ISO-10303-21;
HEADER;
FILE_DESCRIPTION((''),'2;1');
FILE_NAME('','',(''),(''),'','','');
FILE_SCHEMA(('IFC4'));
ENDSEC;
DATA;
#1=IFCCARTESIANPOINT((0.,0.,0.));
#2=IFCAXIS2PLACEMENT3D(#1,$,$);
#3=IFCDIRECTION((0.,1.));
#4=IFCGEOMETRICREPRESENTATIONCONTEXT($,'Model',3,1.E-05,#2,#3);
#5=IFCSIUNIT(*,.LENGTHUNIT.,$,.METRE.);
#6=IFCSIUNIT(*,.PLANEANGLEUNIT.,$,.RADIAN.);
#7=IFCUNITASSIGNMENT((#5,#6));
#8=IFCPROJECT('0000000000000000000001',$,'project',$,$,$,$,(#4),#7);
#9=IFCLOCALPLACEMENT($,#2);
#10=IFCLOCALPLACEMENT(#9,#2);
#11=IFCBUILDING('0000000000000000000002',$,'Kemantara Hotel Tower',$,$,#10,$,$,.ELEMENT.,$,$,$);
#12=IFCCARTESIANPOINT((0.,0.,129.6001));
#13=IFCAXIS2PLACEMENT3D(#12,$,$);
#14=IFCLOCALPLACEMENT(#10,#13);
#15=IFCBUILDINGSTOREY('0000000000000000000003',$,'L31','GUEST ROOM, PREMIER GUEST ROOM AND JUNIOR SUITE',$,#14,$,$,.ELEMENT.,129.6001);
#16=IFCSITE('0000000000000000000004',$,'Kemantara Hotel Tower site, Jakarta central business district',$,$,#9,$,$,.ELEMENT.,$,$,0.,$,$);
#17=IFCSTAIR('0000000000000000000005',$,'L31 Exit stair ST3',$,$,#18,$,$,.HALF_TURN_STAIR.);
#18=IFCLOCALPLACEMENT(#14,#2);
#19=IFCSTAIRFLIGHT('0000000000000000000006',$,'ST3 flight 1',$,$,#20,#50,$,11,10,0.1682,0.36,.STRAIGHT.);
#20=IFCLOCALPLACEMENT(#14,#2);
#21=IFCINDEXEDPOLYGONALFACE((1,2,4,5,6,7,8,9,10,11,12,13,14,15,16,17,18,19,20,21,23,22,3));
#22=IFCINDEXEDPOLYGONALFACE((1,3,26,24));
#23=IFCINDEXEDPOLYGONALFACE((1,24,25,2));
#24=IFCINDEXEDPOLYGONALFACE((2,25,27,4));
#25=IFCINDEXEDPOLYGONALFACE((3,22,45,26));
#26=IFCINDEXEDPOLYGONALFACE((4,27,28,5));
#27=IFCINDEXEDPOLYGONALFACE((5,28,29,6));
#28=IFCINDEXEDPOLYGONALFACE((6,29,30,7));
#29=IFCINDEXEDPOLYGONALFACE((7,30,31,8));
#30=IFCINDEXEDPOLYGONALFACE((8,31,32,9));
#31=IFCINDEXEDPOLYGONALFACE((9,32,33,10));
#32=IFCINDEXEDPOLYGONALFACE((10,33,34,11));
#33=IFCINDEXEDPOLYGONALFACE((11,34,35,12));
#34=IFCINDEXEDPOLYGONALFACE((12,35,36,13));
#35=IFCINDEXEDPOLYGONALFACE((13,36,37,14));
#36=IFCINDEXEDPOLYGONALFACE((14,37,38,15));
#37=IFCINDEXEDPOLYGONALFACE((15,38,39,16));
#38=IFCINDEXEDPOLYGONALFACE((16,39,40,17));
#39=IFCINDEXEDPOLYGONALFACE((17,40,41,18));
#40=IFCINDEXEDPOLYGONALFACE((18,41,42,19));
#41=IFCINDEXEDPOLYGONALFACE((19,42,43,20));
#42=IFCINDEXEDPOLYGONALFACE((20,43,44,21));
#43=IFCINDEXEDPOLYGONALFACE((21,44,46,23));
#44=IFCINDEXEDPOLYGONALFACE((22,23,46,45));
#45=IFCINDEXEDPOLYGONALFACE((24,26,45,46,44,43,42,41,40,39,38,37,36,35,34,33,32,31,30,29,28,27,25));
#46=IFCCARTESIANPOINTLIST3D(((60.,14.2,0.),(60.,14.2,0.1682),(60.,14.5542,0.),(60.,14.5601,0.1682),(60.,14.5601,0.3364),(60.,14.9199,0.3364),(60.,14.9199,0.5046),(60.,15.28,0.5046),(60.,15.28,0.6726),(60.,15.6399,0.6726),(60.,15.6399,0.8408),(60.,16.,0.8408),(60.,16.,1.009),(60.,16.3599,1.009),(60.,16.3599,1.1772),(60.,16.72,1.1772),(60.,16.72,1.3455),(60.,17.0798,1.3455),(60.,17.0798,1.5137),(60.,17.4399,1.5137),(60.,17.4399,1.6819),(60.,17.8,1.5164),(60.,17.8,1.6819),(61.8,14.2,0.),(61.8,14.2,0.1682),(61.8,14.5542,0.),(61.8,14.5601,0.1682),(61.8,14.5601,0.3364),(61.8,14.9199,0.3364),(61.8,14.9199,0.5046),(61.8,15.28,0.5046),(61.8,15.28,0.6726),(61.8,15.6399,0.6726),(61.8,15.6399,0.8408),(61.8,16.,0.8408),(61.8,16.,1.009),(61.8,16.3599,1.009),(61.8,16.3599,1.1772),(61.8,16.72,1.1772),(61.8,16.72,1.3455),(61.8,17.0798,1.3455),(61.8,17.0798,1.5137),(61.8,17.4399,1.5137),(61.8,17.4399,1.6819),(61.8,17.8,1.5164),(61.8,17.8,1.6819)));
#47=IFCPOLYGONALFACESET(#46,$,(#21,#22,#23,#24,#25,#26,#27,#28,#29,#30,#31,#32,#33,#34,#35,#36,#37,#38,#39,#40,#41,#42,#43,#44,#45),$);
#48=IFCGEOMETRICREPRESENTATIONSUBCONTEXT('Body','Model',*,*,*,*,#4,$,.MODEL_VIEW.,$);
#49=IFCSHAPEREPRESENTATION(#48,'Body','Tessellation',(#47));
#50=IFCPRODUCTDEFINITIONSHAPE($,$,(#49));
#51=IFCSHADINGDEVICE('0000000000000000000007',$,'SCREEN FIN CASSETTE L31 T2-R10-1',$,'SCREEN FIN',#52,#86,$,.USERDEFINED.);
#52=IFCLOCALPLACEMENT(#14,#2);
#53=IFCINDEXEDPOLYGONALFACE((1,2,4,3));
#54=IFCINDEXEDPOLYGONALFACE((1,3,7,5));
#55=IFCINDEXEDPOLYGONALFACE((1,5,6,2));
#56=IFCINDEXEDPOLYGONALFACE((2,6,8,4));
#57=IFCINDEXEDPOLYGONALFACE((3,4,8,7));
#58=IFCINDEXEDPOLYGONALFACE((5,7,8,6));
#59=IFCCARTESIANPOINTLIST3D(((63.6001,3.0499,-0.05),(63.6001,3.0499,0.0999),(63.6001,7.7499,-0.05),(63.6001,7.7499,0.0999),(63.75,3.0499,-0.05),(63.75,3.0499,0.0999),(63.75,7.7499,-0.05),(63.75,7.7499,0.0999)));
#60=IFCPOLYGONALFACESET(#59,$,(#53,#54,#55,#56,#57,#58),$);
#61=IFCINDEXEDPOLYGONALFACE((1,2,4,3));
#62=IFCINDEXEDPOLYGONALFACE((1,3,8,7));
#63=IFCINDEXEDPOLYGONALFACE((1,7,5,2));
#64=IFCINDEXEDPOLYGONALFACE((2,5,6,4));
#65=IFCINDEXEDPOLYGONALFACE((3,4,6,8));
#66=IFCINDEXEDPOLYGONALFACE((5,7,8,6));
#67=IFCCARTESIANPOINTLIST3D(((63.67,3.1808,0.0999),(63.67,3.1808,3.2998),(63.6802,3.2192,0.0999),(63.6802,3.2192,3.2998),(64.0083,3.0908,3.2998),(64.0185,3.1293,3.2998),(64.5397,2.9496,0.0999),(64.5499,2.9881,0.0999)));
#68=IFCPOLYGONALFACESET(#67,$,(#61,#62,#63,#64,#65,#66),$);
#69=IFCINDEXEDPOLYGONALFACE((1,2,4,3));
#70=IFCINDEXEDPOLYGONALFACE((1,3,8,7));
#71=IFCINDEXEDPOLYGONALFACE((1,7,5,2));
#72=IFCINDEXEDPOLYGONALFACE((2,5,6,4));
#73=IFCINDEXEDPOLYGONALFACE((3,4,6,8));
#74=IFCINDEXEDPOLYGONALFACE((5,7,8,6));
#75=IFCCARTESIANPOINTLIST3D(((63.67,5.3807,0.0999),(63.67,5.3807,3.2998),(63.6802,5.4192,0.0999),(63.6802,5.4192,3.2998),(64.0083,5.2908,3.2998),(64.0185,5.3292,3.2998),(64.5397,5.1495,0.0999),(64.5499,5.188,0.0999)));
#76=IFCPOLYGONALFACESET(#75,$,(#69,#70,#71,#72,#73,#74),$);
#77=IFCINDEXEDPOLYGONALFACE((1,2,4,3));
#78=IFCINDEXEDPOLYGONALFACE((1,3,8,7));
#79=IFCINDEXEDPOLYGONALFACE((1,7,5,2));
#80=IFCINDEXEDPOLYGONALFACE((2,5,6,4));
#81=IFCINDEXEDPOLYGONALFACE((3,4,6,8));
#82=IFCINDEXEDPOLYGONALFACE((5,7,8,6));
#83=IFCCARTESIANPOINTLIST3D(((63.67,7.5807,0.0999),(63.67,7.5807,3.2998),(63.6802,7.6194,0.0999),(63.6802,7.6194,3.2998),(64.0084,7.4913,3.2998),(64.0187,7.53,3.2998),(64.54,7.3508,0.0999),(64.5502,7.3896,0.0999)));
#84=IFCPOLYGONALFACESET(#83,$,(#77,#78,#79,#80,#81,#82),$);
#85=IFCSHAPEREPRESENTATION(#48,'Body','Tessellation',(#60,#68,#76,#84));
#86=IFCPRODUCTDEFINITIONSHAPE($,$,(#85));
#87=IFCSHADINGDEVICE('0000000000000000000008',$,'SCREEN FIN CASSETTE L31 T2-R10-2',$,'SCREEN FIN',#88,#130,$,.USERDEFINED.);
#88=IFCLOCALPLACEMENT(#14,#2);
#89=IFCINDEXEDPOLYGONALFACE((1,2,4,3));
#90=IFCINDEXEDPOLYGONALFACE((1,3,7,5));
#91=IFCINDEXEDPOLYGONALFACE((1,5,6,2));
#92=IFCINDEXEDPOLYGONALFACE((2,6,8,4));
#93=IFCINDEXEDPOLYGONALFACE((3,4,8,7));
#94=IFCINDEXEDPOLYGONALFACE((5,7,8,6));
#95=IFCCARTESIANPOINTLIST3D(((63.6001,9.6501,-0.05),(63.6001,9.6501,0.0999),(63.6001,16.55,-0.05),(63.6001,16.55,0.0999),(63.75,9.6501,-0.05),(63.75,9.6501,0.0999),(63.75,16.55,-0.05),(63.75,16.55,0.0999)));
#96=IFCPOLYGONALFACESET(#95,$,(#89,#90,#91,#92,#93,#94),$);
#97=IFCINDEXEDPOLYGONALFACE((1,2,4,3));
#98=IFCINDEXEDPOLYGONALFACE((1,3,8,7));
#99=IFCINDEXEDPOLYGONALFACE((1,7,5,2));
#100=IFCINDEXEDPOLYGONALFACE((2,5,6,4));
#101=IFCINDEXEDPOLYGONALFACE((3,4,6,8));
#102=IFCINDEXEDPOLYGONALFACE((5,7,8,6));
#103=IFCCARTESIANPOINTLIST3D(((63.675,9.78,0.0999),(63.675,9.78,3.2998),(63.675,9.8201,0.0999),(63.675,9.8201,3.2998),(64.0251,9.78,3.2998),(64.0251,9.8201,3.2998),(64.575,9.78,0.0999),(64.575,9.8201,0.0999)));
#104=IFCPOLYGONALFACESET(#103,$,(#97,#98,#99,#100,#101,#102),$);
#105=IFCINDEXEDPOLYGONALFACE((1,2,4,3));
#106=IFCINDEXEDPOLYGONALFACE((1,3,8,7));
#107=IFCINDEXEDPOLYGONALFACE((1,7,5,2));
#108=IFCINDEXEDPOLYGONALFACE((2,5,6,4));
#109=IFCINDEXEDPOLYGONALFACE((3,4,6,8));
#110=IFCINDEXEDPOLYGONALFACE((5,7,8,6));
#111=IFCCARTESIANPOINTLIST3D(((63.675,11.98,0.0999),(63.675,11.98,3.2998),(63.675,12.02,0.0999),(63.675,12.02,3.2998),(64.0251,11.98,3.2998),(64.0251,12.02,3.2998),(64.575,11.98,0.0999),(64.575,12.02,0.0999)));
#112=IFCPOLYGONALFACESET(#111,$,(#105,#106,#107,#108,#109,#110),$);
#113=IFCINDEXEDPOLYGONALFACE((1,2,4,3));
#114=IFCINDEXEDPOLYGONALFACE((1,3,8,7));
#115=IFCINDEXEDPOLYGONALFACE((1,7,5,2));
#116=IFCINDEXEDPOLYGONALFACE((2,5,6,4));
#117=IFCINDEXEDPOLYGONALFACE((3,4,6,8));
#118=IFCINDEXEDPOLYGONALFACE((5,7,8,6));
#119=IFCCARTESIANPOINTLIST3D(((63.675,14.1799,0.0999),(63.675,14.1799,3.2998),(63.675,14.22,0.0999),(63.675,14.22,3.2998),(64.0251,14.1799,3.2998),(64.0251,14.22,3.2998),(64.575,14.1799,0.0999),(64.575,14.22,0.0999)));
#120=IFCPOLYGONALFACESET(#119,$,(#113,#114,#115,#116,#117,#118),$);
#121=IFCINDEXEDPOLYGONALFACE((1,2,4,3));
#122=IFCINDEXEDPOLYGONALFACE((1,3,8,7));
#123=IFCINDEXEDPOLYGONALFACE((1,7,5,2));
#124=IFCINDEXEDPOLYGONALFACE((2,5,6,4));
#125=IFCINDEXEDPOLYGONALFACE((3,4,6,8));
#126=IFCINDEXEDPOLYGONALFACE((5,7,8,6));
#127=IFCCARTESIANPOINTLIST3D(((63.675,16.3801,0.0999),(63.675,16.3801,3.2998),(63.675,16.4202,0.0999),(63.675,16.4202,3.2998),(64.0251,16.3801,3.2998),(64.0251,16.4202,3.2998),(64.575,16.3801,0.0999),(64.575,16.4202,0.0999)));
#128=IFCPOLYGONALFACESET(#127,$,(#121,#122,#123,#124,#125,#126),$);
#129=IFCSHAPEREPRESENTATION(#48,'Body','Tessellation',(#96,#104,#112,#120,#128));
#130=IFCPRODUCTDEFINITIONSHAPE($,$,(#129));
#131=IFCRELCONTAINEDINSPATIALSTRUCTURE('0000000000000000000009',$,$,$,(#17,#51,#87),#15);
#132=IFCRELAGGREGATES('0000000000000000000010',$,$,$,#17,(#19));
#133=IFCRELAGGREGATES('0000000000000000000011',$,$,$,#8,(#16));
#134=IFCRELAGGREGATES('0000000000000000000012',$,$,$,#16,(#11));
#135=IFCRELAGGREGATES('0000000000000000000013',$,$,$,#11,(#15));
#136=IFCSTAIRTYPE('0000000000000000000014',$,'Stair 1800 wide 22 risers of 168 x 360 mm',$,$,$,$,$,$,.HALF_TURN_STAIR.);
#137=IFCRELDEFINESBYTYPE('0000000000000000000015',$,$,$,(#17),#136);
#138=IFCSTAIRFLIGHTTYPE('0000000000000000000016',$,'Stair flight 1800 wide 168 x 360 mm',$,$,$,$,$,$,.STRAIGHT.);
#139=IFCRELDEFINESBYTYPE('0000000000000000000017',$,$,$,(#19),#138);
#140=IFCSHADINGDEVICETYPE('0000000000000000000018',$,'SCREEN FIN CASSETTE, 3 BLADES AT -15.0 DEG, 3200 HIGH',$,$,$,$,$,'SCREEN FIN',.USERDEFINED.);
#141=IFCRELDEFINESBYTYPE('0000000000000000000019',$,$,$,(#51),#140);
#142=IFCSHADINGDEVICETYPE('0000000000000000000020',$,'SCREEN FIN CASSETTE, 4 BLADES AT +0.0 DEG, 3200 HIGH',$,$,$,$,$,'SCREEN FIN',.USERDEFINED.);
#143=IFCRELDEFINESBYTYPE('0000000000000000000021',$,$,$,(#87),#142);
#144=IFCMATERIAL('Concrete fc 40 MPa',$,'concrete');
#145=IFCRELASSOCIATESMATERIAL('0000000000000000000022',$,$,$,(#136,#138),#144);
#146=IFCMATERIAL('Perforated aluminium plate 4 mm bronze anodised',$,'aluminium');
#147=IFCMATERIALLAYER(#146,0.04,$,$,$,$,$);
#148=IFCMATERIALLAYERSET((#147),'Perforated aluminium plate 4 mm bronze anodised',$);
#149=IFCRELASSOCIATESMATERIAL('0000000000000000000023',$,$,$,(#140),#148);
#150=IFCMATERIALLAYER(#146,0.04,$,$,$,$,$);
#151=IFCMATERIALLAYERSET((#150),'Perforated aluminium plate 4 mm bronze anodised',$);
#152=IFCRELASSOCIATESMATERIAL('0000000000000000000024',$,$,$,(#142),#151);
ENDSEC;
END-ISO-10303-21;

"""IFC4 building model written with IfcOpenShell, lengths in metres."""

from ifc_helpers import new_model, si_unit, direction, frame, origin, origin_2d, place, context, subcontext, project, spatial, polyline, rectangle, outline, extrude, source, transform, mapped, material, layer, layer_set, type_object, element, aggregate, save


model = new_model("IFC4")

# Units and contexts
model_context = context("Model", 3, precision=1e-05, world=origin(), true_north=direction((0.0, 1.0)))
body_context = subcontext(model_context, "Body", "Model", "MODEL_VIEW")
ifc_project = project(units=[si_unit("LENGTHUNIT", "METRE"), si_unit("PLANEANGLEUNIT", "RADIAN")], contexts=[model_context])

# Site, building, storey
site_placement = place(None, origin())
site = spatial("IfcSite", under=ifc_project, at=site_placement, Name="Kemantara Hotel Tower site, Jakarta central business district", CompositionType="ELEMENT", RefElevation=0.0)
building_placement = place(site_placement, origin())
building = spatial("IfcBuilding", under=site, at=building_placement, Name="Kemantara Hotel Tower", CompositionType="ELEMENT")
storey_placement = place(building_placement, frame((0.0, 0.0, 129.6001)))
storey = spatial("IfcBuildingStorey", under=building, at=storey_placement, Name="L31", Description="GUEST ROOM, PREMIER GUEST ROOM AND JUNIOR SUITE", CompositionType="ELEMENT", Elevation=129.6001)

# Shared definitions
ifc_material_1 = material(Name="Concrete fc 40 MPa", Category="concrete")

# Stair, stair flight
stair_type = type_object("IfcStairType", Name="Stair 1800 wide 22 risers of 168 x 360 mm", PredefinedType="HALF_TURN_STAIR", material=ifc_material_1)
stair_placement = place(storey_placement, origin())
stair = element("IfcStair", 1, at=stair_placement, inside=storey, type_object=stair_type, Name="L31 Exit stair ST3", PredefinedType="HALF_TURN_STAIR")
stair_flight_type = type_object("IfcStairFlightType", Name="Stair flight 1800 wide 168 x 360 mm", PredefinedType="STRAIGHT", material=ifc_material_1)
stair_flight_placement = place(storey_placement, frame((60.8999, 14.2, 0.0), z_axis=(0.0, 0.0, 1.0), x_axis=(0.0, 1.0, 0.0)))
stair_flight = element("IfcStairFlight", 2, at=stair_flight_placement, type_object=stair_flight_type, Name="ST3 flight 1", NumberOfRisers=11, NumberOfTreads=10, PredefinedType="STRAIGHT", RiserHeight=0.1682, TreadLength=0.36, context=body_context, shape_type="SweptSolid", body=[
    extrude(outline(polyline([(0.0, 0.0), (0.0, 0.1682), (0.3601, 0.1682), (0.3601, 0.3364), (0.72, 0.3364), (0.72, 0.5046), (1.0801, 0.5046), (1.0801, 0.6726), (1.4399, 0.6726), (1.4399, 0.8408), (1.8, 0.8408), (1.8, 1.009), (2.1599, 1.009), (2.1599, 1.1772), (2.52, 1.1772), (2.52, 1.3455), (2.8799, 1.3455), (2.8799, 1.5137), (3.24, 1.5137), (3.24, 1.6819), (3.6001, 1.6819), (3.6001, 1.8501), (3.6001, 1.5164), (0.3542, 0.0), (0.0, 0.0)])), frame((0.0, 0.8999, 0.0), z_axis=(0.0, -1.0, 0.0), x_axis=(1.0, 0.0, 0.0)), (0.0, 0.0, 1.0), 1.8),
])
aggregate(stair, [stair_flight])

# Shading devices
ifc_material_2 = material(Name="Perforated aluminium plate 4 mm bronze anodised", Category="aluminium")
ifc_layer_1 = layer(ifc_material_2, 0.04)
ifc_layer_set_1 = layer_set([ifc_layer_1], Name="Perforated aluminium plate 4 mm bronze anodised")
shading_device_type_1 = type_object("IfcShadingDeviceType", Name="SCREEN FIN CASSETTE, 3 BLADES AT -15.0 DEG, 3200 HIGH", ElementType="SCREEN FIN", PredefinedType="USERDEFINED", material=ifc_layer_set_1)
shared_shape_1 = source(origin(), body_context, "Body", "SweptSolid", [
    extrude(rectangle(XDim=4.7, YDim=0.1499, at=origin_2d()), frame((2.2, -0.075, -0.1499), z_axis=(0.0, 0.0, 1.0), x_axis=(1.0, 0.0, 0.0)), (0.0, 0.0, 1.0), 0.1499),
    extrude(outline(polyline([(0.0, 0.0), (0.8999, 0.0), (0.3501, 3.2), (0.0, 3.2), (0.0, 0.0)])), frame((0.0193, -0.0801, 0.0), z_axis=(-0.966438, 0.256901, 0.0), x_axis=(-0.256901, -0.966438, 0.0)), (0.0, 0.0, 1.0), 0.0398),
    extrude(outline(polyline([(0.0, 0.0), (0.8999, 0.0), (0.3501, 3.2), (0.0, 3.2), (0.0, 0.0)])), frame((2.2192, -0.0801, 0.0), z_axis=(-0.966438, 0.256901, 0.0), x_axis=(-0.256901, -0.966438, 0.0)), (0.0, 0.0, 1.0), 0.0398),
    extrude(outline(polyline([(0.0, 0.0), (0.8999, 0.0), (0.3501, 3.2), (0.0, 3.2), (0.0, 0.0)])), frame((4.4194, -0.0801, 0.0), z_axis=(-0.966838, 0.255391, 0.0), x_axis=(-0.255391, -0.966838, 0.0)), (0.0, 0.0, 1.0), 0.04),
])
shading_device_1_placement = place(storey_placement, frame((63.6001, 3.2, 0.0999), z_axis=(0.0, 0.0, 1.0), x_axis=(0.0, 1.0, 0.0)))
element("IfcShadingDevice", 3, at=shading_device_1_placement, inside=storey, type_object=shading_device_type_1, Name="SCREEN FIN CASSETTE L31 T2-R10-1", ObjectType="SCREEN FIN", PredefinedType="USERDEFINED", context=body_context, shape_type="MappedRepresentation", body=[
    mapped(shared_shape_1, transform((0.0, 0.0, 0.0))),
])
ifc_layer_2 = layer(ifc_material_2, 0.04)
ifc_layer_set_2 = layer_set([ifc_layer_2], Name="Perforated aluminium plate 4 mm bronze anodised")
shading_device_type_2 = type_object("IfcShadingDeviceType", Name="SCREEN FIN CASSETTE, 4 BLADES AT +0.0 DEG, 3200 HIGH", ElementType="SCREEN FIN", PredefinedType="USERDEFINED", material=ifc_layer_set_2)
shared_shape_2 = source(origin(), body_context, "Body", "SweptSolid", [
    extrude(rectangle(XDim=6.8999, YDim=0.1499, at=origin_2d()), frame((3.3, -0.075, -0.1499), z_axis=(0.0, 0.0, 1.0), x_axis=(1.0, 0.0, 0.0)), (0.0, 0.0, 1.0), 0.1499),
    extrude(outline(polyline([(0.0, 0.0), (0.8999, 0.0), (0.3501, 3.2), (0.0, 3.2), (0.0, 0.0)])), frame((0.02, -0.075, 0.0), z_axis=(-1.0, 0.0, 0.0), x_axis=(0.0, -1.0, 0.0)), (0.0, 0.0, 1.0), 0.04),
    extrude(outline(polyline([(0.0, 0.0), (0.8999, 0.0), (0.3501, 3.2), (0.0, 3.2), (0.0, 0.0)])), frame((2.22, -0.075, 0.0), z_axis=(-1.0, 0.0, 0.0), x_axis=(0.0, -1.0, 0.0)), (0.0, 0.0, 1.0), 0.04),
    extrude(outline(polyline([(0.0, 0.0), (0.8999, 0.0), (0.3501, 3.2), (0.0, 3.2), (0.0, 0.0)])), frame((4.4199, -0.075, 0.0), z_axis=(-1.0, 0.0, 0.0), x_axis=(0.0, -1.0, 0.0)), (0.0, 0.0, 1.0), 0.04),
    extrude(outline(polyline([(0.0, 0.0), (0.8999, 0.0), (0.3501, 3.2), (0.0, 3.2), (0.0, 0.0)])), frame((6.6201, -0.075, 0.0), z_axis=(-1.0, 0.0, 0.0), x_axis=(0.0, -1.0, 0.0)), (0.0, 0.0, 1.0), 0.04),
])
shading_device_2_placement = place(storey_placement, frame((63.6001, 9.8, 0.0999), z_axis=(0.0, 0.0, 1.0), x_axis=(0.0, 1.0, 0.0)))
element("IfcShadingDevice", 4, at=shading_device_2_placement, inside=storey, type_object=shading_device_type_2, Name="SCREEN FIN CASSETTE L31 T2-R10-2", ObjectType="SCREEN FIN", PredefinedType="USERDEFINED", context=body_context, shape_type="MappedRepresentation", body=[
    mapped(shared_shape_2, transform((0.0, 0.0, 0.0))),
])

save(model, "model.ifc")
